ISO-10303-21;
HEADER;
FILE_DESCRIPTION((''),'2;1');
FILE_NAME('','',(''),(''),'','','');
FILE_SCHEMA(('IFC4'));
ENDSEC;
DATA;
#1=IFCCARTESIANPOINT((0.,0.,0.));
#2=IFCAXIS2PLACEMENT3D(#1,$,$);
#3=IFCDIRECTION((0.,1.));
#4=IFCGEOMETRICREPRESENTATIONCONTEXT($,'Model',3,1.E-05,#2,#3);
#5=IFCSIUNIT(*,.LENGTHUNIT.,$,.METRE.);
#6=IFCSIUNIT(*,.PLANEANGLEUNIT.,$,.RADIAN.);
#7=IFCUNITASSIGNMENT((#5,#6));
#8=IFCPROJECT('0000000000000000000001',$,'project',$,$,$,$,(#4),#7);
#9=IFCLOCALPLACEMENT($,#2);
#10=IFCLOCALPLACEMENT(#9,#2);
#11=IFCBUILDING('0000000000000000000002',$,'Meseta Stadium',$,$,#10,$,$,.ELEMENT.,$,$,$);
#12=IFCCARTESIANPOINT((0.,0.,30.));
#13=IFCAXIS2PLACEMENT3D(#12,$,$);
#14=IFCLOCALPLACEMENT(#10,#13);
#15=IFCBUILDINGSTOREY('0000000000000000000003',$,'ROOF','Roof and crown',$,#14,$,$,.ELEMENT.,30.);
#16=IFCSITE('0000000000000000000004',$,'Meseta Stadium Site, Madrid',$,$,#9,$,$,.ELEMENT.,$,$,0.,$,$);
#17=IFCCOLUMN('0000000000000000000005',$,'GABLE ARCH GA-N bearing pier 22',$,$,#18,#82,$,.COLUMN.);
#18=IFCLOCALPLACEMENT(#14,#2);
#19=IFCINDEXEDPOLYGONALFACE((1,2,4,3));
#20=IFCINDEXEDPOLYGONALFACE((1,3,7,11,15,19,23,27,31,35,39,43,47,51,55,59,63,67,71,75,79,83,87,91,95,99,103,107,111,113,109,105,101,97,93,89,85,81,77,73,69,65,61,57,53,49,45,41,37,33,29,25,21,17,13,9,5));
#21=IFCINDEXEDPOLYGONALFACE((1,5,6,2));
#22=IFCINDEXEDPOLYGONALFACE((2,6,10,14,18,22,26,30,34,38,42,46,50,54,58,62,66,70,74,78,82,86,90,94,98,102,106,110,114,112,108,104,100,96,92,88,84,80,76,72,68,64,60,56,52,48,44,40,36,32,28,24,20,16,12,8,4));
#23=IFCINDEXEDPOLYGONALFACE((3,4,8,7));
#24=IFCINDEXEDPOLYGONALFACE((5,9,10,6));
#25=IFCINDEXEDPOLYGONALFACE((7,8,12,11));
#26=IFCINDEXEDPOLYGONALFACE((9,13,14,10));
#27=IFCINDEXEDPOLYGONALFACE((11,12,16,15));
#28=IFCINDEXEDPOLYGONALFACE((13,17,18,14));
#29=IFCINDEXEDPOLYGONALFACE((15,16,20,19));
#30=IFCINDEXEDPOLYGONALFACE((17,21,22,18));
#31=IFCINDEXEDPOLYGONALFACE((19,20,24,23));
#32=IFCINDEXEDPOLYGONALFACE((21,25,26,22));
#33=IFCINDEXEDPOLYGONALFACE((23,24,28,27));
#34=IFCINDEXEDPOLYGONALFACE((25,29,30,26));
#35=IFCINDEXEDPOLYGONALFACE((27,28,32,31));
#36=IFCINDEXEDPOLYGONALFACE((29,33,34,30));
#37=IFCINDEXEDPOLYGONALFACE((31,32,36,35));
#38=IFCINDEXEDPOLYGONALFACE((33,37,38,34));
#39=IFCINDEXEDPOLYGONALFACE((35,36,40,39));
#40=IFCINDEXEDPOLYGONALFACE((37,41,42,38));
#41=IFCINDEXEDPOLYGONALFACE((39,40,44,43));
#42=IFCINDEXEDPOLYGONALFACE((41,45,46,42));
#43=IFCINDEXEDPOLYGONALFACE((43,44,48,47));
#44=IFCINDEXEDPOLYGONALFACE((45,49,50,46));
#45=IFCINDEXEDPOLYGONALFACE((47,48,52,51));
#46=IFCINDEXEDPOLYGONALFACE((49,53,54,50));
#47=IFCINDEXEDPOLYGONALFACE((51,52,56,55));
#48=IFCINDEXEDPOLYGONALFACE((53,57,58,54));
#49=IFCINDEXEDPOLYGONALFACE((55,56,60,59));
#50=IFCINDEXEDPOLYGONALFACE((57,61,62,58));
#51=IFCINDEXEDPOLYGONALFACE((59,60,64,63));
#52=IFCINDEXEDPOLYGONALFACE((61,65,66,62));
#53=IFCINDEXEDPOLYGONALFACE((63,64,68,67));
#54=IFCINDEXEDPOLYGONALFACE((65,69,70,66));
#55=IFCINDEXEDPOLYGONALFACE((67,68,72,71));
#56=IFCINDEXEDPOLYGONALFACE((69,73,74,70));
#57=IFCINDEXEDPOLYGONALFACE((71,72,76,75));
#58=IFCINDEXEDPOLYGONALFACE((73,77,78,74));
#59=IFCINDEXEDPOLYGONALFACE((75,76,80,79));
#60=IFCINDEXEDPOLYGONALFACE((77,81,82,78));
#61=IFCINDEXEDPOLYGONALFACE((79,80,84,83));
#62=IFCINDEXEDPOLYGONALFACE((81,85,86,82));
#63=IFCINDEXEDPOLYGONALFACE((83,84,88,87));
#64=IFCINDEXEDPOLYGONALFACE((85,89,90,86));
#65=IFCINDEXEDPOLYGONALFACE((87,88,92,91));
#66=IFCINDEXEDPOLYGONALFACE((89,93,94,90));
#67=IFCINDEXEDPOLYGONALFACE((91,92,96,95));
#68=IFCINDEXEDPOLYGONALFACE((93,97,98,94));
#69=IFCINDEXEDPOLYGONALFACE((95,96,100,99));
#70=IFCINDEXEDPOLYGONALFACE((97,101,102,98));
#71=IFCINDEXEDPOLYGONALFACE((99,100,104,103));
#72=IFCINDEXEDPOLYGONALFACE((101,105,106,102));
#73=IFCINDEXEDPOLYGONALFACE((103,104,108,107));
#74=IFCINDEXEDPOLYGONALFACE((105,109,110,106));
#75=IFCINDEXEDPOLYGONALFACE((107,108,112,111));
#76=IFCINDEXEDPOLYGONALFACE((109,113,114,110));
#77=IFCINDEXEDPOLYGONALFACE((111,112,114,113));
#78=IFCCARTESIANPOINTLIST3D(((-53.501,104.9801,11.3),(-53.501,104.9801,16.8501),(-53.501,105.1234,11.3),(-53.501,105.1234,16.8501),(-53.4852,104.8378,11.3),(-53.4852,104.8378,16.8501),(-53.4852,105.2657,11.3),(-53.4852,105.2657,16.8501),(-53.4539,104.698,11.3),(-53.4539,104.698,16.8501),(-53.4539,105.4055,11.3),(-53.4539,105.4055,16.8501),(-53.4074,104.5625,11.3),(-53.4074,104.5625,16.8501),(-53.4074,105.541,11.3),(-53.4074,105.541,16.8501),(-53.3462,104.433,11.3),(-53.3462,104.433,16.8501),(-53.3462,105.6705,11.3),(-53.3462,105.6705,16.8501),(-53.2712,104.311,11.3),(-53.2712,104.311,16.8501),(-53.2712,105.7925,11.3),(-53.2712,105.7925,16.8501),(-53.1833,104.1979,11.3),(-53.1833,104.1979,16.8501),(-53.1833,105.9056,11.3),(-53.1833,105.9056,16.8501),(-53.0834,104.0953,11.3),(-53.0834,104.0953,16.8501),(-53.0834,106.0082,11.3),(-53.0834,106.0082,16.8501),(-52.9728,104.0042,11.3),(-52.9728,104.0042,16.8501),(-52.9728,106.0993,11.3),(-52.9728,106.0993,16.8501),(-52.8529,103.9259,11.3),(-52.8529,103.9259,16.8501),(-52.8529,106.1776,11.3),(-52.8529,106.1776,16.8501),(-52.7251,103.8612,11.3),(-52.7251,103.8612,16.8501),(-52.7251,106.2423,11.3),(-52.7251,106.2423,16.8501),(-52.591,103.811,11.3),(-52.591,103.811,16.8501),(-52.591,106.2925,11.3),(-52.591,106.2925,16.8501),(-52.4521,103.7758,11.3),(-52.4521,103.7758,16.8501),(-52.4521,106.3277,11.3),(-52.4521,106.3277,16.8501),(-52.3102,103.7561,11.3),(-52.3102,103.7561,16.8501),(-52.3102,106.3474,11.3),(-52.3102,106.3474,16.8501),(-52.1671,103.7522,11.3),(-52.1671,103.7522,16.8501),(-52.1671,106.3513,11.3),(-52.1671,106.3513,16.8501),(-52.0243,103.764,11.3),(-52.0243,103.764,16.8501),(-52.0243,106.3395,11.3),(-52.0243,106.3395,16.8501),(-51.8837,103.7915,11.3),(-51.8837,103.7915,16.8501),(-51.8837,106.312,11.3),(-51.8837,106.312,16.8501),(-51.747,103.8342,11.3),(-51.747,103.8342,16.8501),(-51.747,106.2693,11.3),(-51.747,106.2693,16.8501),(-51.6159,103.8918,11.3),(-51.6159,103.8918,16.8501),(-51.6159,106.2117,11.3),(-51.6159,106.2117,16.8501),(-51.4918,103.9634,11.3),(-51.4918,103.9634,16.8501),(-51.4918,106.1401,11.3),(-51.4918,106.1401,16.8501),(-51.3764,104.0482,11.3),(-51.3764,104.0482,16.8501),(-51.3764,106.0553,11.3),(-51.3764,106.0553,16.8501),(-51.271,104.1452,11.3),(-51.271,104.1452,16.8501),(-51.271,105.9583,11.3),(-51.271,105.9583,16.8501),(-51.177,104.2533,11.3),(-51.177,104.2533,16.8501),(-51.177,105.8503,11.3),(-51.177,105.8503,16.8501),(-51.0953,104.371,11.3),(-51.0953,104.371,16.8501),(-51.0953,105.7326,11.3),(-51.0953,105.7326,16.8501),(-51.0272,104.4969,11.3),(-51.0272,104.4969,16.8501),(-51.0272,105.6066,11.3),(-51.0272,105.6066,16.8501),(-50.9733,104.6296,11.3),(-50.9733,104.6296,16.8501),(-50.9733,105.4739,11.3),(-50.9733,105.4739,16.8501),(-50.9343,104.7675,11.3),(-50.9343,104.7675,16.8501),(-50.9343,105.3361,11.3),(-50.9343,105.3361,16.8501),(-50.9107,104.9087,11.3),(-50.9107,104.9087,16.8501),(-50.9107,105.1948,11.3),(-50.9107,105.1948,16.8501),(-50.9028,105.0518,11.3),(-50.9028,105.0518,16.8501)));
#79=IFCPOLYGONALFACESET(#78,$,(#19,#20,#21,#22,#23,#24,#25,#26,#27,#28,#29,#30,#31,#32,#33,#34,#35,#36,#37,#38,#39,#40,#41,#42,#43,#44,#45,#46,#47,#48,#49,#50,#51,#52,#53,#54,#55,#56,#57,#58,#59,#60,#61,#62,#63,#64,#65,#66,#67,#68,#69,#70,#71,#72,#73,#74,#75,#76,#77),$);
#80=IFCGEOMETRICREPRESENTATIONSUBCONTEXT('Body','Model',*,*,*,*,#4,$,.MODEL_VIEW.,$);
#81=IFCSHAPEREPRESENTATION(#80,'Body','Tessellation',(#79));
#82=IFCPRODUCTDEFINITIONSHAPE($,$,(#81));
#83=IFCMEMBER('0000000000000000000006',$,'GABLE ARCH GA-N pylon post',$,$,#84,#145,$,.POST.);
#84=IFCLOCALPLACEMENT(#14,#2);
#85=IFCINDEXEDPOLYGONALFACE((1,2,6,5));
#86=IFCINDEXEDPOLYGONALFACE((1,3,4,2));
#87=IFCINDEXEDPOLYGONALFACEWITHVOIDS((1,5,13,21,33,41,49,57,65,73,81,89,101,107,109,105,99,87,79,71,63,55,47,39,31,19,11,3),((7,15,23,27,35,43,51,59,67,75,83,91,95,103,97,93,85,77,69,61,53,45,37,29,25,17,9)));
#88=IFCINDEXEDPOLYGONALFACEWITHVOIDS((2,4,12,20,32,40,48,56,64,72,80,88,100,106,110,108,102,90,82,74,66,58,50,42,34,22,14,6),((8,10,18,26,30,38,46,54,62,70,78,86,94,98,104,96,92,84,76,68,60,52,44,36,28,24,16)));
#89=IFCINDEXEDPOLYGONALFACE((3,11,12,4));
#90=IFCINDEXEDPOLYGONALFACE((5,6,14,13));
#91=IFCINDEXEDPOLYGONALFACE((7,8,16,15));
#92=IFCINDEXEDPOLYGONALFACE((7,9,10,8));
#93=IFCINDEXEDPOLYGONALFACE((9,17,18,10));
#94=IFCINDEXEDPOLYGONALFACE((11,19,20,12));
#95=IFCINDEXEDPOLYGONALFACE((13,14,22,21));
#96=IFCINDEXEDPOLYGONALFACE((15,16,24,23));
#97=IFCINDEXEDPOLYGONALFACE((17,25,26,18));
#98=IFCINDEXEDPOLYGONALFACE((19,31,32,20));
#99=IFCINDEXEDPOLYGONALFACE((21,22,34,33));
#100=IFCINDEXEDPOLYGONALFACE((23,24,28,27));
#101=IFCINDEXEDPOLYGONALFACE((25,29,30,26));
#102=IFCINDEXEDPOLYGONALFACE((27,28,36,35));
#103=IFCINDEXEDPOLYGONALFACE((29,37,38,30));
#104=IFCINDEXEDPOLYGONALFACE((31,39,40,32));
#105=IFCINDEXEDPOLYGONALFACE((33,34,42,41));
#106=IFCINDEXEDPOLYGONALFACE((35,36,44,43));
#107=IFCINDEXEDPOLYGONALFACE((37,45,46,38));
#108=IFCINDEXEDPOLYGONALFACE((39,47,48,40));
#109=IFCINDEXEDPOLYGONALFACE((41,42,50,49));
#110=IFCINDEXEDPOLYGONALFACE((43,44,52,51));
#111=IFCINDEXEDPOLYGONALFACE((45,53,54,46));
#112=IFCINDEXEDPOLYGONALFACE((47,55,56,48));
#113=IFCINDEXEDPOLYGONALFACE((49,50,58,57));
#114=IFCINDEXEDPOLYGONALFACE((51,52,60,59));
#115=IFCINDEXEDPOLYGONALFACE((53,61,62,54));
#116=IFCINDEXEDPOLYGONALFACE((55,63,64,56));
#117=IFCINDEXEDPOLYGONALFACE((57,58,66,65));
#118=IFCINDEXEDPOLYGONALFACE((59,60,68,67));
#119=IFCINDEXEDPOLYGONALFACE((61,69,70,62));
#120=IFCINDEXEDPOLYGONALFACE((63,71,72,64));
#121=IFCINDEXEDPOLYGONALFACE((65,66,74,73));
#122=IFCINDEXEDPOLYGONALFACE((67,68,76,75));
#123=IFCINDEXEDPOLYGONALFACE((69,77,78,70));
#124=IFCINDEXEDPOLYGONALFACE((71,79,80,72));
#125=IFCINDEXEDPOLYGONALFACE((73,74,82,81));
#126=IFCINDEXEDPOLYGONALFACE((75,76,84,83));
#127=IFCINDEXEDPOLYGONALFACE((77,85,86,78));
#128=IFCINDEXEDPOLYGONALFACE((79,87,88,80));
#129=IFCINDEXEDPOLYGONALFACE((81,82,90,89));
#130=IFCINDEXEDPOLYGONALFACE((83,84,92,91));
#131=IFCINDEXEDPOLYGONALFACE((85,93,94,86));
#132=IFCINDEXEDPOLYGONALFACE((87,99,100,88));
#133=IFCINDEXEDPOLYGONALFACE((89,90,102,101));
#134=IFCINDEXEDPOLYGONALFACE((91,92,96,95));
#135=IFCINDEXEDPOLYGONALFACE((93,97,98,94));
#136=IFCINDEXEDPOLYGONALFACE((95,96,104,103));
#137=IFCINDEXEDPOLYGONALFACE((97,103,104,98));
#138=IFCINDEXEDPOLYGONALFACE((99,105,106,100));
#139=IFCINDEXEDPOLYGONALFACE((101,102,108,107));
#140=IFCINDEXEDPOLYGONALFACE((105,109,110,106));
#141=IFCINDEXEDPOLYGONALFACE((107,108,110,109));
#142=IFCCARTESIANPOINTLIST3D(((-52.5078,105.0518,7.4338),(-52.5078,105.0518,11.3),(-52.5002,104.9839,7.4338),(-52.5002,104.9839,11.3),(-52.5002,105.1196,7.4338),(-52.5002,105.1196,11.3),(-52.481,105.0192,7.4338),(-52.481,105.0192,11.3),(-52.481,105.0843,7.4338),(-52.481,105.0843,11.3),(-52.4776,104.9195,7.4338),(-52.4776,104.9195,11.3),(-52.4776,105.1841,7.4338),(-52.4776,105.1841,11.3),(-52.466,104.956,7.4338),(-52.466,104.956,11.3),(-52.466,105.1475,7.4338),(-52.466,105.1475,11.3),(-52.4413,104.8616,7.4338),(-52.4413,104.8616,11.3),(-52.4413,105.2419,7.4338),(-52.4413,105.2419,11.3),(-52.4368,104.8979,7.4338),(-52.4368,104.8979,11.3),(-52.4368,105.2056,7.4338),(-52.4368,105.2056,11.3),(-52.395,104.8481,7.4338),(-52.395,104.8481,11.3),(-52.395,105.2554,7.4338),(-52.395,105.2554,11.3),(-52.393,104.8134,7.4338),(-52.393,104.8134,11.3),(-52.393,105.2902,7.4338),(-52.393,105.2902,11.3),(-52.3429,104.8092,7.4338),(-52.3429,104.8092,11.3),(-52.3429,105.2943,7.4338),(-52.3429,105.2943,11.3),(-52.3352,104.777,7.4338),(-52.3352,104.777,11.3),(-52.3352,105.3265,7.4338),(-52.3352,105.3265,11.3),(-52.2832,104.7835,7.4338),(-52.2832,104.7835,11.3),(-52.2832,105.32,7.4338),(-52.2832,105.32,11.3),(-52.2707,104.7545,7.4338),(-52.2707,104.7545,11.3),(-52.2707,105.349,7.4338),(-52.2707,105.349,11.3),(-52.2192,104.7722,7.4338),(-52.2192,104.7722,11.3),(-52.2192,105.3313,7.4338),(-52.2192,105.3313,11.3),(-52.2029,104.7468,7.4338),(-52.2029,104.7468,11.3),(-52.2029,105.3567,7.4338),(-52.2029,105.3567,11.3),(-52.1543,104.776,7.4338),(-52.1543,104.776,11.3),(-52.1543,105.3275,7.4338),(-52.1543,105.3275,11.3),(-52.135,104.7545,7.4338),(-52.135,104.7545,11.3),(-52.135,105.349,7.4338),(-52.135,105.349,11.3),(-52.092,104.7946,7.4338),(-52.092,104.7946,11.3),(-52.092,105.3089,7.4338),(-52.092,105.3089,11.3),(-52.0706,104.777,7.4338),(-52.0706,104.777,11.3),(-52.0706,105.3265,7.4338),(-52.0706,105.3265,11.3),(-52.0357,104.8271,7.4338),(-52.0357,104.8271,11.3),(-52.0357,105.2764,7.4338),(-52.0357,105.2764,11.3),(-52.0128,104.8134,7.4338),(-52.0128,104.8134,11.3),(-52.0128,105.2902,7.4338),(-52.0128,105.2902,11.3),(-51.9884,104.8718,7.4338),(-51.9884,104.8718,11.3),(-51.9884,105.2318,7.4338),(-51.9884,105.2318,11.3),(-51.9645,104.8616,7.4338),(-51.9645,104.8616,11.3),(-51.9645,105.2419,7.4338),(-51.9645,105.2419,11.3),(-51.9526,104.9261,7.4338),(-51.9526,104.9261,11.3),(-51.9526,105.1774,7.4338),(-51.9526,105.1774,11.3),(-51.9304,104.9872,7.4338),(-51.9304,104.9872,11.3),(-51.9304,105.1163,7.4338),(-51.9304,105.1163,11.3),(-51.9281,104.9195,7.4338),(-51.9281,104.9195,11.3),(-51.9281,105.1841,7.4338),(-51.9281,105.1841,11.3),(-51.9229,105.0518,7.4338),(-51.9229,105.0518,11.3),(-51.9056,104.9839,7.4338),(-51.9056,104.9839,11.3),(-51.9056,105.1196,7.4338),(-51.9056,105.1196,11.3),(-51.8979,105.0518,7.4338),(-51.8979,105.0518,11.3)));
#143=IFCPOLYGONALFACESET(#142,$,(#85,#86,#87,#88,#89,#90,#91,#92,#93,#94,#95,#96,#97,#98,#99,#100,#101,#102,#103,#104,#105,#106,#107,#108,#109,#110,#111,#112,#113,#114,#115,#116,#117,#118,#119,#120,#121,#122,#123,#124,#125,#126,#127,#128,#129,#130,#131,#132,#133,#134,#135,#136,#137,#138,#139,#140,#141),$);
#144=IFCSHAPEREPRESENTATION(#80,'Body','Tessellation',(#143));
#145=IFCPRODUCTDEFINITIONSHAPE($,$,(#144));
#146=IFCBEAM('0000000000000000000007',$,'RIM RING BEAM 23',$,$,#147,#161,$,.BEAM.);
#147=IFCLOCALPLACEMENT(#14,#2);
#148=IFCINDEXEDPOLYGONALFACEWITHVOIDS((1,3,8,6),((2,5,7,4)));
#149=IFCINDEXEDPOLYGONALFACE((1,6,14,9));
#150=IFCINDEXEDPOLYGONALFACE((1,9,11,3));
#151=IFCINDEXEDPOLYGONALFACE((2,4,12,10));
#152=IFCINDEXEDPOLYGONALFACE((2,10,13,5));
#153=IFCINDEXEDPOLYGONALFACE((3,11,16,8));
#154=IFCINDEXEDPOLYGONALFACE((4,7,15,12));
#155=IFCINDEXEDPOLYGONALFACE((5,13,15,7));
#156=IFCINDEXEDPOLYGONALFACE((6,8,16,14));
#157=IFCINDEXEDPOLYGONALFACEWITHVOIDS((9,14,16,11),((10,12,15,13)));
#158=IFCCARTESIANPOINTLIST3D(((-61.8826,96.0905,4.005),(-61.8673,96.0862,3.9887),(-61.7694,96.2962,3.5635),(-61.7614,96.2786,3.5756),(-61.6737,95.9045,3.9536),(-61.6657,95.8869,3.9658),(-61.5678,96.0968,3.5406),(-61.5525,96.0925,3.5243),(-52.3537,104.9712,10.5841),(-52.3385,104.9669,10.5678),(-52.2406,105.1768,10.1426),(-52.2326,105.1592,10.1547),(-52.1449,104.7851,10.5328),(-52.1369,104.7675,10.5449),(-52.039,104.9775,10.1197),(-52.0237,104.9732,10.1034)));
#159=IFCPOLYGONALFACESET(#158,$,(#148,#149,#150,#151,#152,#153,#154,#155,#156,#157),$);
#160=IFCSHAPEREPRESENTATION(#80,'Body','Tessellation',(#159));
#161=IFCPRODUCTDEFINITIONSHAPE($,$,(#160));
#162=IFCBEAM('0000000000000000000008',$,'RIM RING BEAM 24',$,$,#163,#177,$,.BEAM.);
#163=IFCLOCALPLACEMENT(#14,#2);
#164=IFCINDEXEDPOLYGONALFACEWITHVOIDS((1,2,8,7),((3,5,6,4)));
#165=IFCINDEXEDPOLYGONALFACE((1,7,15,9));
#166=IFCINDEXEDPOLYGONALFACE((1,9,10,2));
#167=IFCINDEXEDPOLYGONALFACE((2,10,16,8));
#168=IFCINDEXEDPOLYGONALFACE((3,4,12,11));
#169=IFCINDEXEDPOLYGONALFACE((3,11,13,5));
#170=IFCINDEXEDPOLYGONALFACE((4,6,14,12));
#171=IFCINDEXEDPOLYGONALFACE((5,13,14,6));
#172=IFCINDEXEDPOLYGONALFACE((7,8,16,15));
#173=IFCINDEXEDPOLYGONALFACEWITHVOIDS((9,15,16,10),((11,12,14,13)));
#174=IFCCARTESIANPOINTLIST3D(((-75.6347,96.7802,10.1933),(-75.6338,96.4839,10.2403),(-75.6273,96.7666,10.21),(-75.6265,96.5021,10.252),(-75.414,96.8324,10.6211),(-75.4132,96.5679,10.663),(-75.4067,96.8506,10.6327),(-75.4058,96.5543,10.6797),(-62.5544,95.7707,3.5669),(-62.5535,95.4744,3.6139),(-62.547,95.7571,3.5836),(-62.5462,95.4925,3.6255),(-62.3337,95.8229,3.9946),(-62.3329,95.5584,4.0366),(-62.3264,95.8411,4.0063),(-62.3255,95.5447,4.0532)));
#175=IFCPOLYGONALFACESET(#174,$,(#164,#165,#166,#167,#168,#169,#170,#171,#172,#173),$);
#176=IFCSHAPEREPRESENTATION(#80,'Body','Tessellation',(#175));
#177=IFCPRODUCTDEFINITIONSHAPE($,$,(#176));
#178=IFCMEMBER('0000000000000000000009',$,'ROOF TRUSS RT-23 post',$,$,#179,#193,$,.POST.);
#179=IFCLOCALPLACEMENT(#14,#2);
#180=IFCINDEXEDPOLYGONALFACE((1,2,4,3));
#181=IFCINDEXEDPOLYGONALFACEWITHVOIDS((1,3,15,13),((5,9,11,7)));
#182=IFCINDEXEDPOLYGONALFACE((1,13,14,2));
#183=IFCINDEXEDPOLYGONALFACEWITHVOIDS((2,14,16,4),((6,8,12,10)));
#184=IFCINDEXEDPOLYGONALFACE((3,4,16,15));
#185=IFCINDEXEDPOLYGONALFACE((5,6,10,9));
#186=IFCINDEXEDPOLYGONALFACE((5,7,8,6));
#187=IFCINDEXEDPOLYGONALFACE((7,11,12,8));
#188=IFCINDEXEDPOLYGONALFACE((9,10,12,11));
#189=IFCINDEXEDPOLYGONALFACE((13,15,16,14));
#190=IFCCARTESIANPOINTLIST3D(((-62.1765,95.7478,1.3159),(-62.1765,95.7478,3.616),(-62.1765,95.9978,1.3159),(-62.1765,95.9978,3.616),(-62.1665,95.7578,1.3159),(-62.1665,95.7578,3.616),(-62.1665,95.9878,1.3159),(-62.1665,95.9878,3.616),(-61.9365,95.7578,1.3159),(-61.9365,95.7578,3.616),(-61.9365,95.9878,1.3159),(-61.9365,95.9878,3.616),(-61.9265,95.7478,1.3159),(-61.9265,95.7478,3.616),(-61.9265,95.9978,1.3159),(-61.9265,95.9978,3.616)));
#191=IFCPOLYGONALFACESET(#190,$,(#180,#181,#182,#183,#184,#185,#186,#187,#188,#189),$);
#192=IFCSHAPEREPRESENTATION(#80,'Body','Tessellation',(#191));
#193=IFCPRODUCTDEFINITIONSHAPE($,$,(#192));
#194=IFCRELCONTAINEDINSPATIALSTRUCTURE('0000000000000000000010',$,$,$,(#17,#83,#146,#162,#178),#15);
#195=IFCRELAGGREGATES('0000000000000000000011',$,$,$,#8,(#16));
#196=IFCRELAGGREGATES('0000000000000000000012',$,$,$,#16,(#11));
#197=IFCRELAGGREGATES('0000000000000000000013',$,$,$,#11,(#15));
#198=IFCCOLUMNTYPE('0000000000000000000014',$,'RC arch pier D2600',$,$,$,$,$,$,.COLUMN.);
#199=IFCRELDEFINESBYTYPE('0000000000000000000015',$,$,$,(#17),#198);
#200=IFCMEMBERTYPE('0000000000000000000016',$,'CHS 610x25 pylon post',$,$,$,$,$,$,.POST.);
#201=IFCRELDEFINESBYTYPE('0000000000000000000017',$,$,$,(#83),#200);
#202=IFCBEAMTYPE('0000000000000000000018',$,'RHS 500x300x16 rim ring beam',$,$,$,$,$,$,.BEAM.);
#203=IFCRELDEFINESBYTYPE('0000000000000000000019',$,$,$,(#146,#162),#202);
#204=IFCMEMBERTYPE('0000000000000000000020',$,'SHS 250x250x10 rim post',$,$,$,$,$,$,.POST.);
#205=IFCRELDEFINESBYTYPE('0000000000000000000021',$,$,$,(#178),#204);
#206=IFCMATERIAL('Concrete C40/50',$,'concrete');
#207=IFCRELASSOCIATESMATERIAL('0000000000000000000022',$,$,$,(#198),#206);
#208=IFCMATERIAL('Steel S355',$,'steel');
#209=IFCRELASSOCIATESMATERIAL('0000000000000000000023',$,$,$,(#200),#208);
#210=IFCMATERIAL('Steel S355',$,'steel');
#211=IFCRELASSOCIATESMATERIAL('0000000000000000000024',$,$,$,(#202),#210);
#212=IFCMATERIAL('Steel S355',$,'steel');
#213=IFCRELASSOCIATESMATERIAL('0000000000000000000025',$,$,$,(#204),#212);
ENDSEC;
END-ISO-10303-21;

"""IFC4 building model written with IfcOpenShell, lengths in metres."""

from ifc_helpers import new_model, si_unit, direction, frame, origin, origin_2d, place, context, subcontext, project, spatial, hollow_rectangle, circle, hollow_circle, extrude, material, material_profile, profile_set, type_object, element, save


model = new_model("IFC4")

# Units and contexts
model_context = context("Model", 3, precision=1e-05, world=origin(), true_north=direction((0.0, 1.0)))
body_context = subcontext(model_context, "Body", "Model", "MODEL_VIEW")
ifc_project = project(units=[si_unit("LENGTHUNIT", "METRE"), si_unit("PLANEANGLEUNIT", "RADIAN")], contexts=[model_context])

# Site, building, storey
site_placement = place(None, origin())
site = spatial("IfcSite", under=ifc_project, at=site_placement, Name="Meseta Stadium Site, Madrid", CompositionType="ELEMENT", RefElevation=0.0)
building_placement = place(site_placement, origin())
building = spatial("IfcBuilding", under=site, at=building_placement, Name="Meseta Stadium", CompositionType="ELEMENT")
storey_placement = place(building_placement, frame((0.0, 0.0, 30.0)))
storey = spatial("IfcBuildingStorey", under=building, at=storey_placement, Name="ROOF", Description="Roof and crown", CompositionType="ELEMENT", Elevation=30.0)

# Column
ifc_material_1 = material(Name="Concrete C40/50", Category="concrete")
ifc_material_profile_1 = material_profile(ifc_material_1, circle(Radius=1.3, at=origin_2d()), Name="RC D2600")
ifc_profile_set_1 = profile_set([ifc_material_profile_1], Name="Concrete C40/50")
column_type = type_object("IfcColumnType", Name="RC arch pier D2600", PredefinedType="COLUMN", material=ifc_profile_set_1)
column_placement = place(storey_placement, frame((-52.2029, 105.0518, 11.3), z_axis=(0.0, 0.0, 1.0), x_axis=(1.0, 0.0, 0.0)))
element("IfcColumn", 1, at=column_placement, inside=storey, type_object=column_type, Name="GABLE ARCH GA-N bearing pier 22", PredefinedType="COLUMN", context=body_context, shape_type="SweptSolid", body=[
    extrude(circle(Radius=1.3, at=origin_2d()), origin(), (0.0, 0.0, 1.0), 5.55),
])

# Member
ifc_material_2 = material(Name="Steel S355", Category="steel")
ifc_material_profile_2 = material_profile(ifc_material_2, hollow_circle(Radius=0.3049, WallThickness=0.0249, at=origin_2d()), Name="CHS 610x25")
ifc_profile_set_2 = profile_set([ifc_material_profile_2], Name="Steel S355")
member_type_1 = type_object("IfcMemberType", Name="CHS 610x25 pylon post", PredefinedType="POST", material=ifc_profile_set_2)
member_1_placement = place(storey_placement, frame((-52.2029, 105.0518, 7.4338), z_axis=(0.0, 0.0, 1.0), x_axis=(1.0, 0.0, 0.0)))
element("IfcMember", 2, at=member_1_placement, inside=storey, type_object=member_type_1, Name="GABLE ARCH GA-N pylon post", PredefinedType="POST", context=body_context, shape_type="SweptSolid", body=[
    extrude(hollow_circle(Radius=0.3049, WallThickness=0.0249, at=origin_2d()), origin(), (0.0, 0.0, 1.0), 3.8662),
])

# Beams
ifc_material_3 = material(Name="Steel S355", Category="steel")
ifc_material_profile_3 = material_profile(ifc_material_3, hollow_rectangle(XDim=0.3, YDim=0.5, WallThickness=0.0161, at=origin_2d()), Name="RHS 500x300x16")
ifc_profile_set_3 = profile_set([ifc_material_profile_3], Name="Steel S355")
beam_type = type_object("IfcBeamType", Name="RHS 500x300x16 rim ring beam", PredefinedType="BEAM", material=ifc_profile_set_3)
beam_1_placement = place(storey_placement, frame((-52.1887, 104.9722, 10.3438), z_axis=(-0.652983, -0.608564, -0.450848), x_axis=(0.722748, -0.678629, -0.130759)))
element("IfcBeam", 3, at=beam_1_placement, inside=storey, type_object=beam_type, Name="RIM RING BEAM 23", PredefinedType="BEAM", context=body_context, shape_type="SweptSolid", body=[
    extrude(hollow_rectangle(XDim=0.3, YDim=0.5, WallThickness=0.0161, at=origin_2d()), origin(), (0.0, 0.0, 1.0), 14.5928),
])
beam_2_placement = place(storey_placement, frame((-62.4399, 95.6577, 3.8101), z_axis=(-0.889954, 0.068685, 0.450849), x_axis=(0.003101, -0.987659, 0.156588)))
element("IfcBeam", 4, at=beam_2_placement, inside=storey, type_object=beam_type, Name="RIM RING BEAM 24", PredefinedType="BEAM", context=body_context, shape_type="SweptSolid", body=[
    extrude(hollow_rectangle(XDim=0.3, YDim=0.5, WallThickness=0.0161, at=origin_2d()), origin(), (0.0, 0.0, 1.0), 14.6978),
])

# Member
ifc_material_4 = material(Name="Steel S355", Category="steel")
ifc_material_profile_4 = material_profile(ifc_material_4, hollow_rectangle(XDim=0.25, YDim=0.25, WallThickness=0.01, at=origin_2d()), Name="SHS 250x250x10")
ifc_profile_set_4 = profile_set([ifc_material_profile_4], Name="Steel S355")
member_type_2 = type_object("IfcMemberType", Name="SHS 250x250x10 rim post", PredefinedType="POST", material=ifc_profile_set_4)
member_2_placement = place(storey_placement, frame((-62.0515, 95.8728, 1.3159), z_axis=(0.0, 0.0, 1.0), x_axis=(1.0, 0.0, 0.0)))
element("IfcMember", 5, at=member_2_placement, inside=storey, type_object=member_type_2, Name="ROOF TRUSS RT-23 post", PredefinedType="POST", context=body_context, shape_type="SweptSolid", body=[
    extrude(hollow_rectangle(XDim=0.25, YDim=0.25, WallThickness=0.01, at=origin_2d()), origin(), (0.0, 0.0, 1.0), 2.3),
])

save(model, "model.ifc")
